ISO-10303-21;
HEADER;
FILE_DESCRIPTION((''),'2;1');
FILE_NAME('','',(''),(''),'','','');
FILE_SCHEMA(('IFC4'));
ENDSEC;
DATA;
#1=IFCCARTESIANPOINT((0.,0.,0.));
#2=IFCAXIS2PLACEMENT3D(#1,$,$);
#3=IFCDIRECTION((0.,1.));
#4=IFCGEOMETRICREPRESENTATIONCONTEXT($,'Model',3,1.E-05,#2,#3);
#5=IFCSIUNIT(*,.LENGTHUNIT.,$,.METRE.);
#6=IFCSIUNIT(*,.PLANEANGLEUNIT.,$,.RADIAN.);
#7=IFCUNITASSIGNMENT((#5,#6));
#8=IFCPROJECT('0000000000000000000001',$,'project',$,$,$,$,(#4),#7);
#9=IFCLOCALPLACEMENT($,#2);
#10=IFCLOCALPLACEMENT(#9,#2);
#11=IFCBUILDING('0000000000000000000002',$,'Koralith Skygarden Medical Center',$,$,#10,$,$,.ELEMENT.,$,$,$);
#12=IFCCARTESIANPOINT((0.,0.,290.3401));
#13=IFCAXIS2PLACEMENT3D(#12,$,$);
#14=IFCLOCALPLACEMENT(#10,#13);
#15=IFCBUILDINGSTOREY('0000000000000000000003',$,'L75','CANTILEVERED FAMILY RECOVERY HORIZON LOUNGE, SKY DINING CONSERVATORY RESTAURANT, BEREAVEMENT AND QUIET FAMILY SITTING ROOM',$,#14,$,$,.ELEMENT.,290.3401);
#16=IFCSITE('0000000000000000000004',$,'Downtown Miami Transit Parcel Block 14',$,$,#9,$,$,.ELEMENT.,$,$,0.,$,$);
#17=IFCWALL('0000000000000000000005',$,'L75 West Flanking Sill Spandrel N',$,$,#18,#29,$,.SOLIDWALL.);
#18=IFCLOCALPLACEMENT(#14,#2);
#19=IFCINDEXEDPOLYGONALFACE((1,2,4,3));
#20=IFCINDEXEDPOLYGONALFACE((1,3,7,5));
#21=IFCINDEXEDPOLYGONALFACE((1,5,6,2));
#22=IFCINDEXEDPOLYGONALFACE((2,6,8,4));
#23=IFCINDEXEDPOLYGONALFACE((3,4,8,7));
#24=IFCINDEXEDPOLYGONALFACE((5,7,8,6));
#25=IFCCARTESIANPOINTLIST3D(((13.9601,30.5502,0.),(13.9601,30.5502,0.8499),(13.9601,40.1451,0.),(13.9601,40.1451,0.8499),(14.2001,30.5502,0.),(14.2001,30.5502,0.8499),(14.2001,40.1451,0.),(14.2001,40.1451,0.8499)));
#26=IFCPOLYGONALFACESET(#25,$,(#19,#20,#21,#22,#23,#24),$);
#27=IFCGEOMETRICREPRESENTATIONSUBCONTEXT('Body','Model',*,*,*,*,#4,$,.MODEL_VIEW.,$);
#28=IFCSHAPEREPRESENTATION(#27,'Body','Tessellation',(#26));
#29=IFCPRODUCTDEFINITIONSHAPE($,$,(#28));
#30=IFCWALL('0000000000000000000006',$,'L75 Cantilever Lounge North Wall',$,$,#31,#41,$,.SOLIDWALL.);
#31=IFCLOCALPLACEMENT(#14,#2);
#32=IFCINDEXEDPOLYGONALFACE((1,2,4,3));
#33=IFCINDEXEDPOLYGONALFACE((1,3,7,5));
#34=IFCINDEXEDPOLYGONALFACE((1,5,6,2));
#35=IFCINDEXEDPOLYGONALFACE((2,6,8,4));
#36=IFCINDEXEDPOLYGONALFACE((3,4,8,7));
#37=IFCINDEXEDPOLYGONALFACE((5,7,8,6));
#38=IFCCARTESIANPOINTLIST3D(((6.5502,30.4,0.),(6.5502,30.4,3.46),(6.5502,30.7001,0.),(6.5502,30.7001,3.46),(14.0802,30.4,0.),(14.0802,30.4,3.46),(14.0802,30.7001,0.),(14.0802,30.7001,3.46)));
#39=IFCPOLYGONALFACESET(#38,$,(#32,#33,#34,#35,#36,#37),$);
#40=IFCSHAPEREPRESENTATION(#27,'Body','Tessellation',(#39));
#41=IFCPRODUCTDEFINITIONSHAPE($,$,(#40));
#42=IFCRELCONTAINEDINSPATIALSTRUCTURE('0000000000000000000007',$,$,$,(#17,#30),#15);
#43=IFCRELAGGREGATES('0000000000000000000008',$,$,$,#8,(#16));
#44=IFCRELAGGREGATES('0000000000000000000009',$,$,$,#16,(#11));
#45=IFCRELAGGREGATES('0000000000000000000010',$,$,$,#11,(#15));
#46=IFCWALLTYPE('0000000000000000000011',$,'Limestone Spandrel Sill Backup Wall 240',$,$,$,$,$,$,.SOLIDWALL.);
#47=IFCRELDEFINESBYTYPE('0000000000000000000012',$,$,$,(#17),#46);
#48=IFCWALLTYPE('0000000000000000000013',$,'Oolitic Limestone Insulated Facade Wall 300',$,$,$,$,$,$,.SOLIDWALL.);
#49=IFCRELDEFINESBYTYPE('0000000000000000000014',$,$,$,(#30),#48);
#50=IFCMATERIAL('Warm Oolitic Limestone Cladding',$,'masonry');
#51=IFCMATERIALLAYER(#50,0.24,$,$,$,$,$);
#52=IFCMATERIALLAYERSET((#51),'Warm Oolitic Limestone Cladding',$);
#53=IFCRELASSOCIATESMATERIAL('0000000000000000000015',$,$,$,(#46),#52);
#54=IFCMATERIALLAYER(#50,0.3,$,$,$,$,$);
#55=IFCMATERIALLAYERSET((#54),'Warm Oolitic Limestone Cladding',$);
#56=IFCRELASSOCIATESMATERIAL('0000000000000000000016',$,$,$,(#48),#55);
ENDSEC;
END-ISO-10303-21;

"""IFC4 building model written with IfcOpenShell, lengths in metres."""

from ifc_helpers import new_model, si_unit, direction, frame, frame_2d, origin, place, context, subcontext, project, spatial, rectangle, extrude, material, layer, layer_set, type_object, element, save


model = new_model("IFC4")

# Units and contexts
model_context = context("Model", 3, precision=1e-05, world=origin(), true_north=direction((0.0, 1.0)))
body_context = subcontext(model_context, "Body", "Model", "MODEL_VIEW")
ifc_project = project(units=[si_unit("LENGTHUNIT", "METRE"), si_unit("PLANEANGLEUNIT", "RADIAN")], contexts=[model_context])

# Site, building, storey
site_placement = place(None, origin())
site = spatial("IfcSite", under=ifc_project, at=site_placement, Name="Downtown Miami Transit Parcel Block 14", CompositionType="ELEMENT", RefElevation=0.0)
building_placement = place(site_placement, origin())
building = spatial("IfcBuilding", under=site, at=building_placement, Name="Koralith Skygarden Medical Center", CompositionType="ELEMENT")
storey_placement = place(building_placement, frame((0.0, 0.0, 290.3401)))
storey = spatial("IfcBuildingStorey", under=building, at=storey_placement, Name="L75", Description="CANTILEVERED FAMILY RECOVERY HORIZON LOUNGE, SKY DINING CONSERVATORY RESTAURANT, BEREAVEMENT AND QUIET FAMILY SITTING ROOM", CompositionType="ELEMENT", Elevation=290.3401)

# Shared definitions
ifc_material_1 = material(Name="Warm Oolitic Limestone Cladding", Category="masonry")

# Walls
ifc_layer_1 = layer(ifc_material_1, 0.24)
ifc_layer_set_1 = layer_set([ifc_layer_1], Name="Warm Oolitic Limestone Cladding")
wall_type_1 = type_object("IfcWallType", Name="Limestone Spandrel Sill Backup Wall 240", PredefinedType="SOLIDWALL", material=ifc_layer_set_1)
wall_1_placement = place(storey_placement, frame((14.0801, 40.145, 0.0), z_axis=(0.0, 0.0, 1.0), x_axis=(0.0, -1.0, 0.0)))
element("IfcWall", 1, at=wall_1_placement, inside=storey, type_object=wall_type_1, Name="L75 West Flanking Sill Spandrel N", PredefinedType="SOLIDWALL", context=body_context, shape_type="SweptSolid", body=[
    extrude(rectangle(XDim=9.595, YDim=0.24, at=frame_2d((4.7974, 0.0))), origin(), (0.0, 0.0, 1.0), 0.8499),
])
ifc_layer_2 = layer(ifc_material_1, 0.3)
ifc_layer_set_2 = layer_set([ifc_layer_2], Name="Warm Oolitic Limestone Cladding")
wall_type_2 = type_object("IfcWallType", Name="Oolitic Limestone Insulated Facade Wall 300", PredefinedType="SOLIDWALL", material=ifc_layer_set_2)
wall_2_placement = place(storey_placement, frame((6.55, 30.55, 0.0), z_axis=(0.0, 0.0, 1.0), x_axis=(1.0, 0.0, 0.0)))
element("IfcWall", 2, at=wall_2_placement, inside=storey, type_object=wall_type_2, Name="L75 Cantilever Lounge North Wall", PredefinedType="SOLIDWALL", context=body_context, shape_type="SweptSolid", body=[
    extrude(rectangle(XDim=7.53, YDim=0.3, at=frame_2d((3.7651, 0.0))), origin(), (0.0, 0.0, 1.0), 3.46),
])

save(model, "model.ifc")
